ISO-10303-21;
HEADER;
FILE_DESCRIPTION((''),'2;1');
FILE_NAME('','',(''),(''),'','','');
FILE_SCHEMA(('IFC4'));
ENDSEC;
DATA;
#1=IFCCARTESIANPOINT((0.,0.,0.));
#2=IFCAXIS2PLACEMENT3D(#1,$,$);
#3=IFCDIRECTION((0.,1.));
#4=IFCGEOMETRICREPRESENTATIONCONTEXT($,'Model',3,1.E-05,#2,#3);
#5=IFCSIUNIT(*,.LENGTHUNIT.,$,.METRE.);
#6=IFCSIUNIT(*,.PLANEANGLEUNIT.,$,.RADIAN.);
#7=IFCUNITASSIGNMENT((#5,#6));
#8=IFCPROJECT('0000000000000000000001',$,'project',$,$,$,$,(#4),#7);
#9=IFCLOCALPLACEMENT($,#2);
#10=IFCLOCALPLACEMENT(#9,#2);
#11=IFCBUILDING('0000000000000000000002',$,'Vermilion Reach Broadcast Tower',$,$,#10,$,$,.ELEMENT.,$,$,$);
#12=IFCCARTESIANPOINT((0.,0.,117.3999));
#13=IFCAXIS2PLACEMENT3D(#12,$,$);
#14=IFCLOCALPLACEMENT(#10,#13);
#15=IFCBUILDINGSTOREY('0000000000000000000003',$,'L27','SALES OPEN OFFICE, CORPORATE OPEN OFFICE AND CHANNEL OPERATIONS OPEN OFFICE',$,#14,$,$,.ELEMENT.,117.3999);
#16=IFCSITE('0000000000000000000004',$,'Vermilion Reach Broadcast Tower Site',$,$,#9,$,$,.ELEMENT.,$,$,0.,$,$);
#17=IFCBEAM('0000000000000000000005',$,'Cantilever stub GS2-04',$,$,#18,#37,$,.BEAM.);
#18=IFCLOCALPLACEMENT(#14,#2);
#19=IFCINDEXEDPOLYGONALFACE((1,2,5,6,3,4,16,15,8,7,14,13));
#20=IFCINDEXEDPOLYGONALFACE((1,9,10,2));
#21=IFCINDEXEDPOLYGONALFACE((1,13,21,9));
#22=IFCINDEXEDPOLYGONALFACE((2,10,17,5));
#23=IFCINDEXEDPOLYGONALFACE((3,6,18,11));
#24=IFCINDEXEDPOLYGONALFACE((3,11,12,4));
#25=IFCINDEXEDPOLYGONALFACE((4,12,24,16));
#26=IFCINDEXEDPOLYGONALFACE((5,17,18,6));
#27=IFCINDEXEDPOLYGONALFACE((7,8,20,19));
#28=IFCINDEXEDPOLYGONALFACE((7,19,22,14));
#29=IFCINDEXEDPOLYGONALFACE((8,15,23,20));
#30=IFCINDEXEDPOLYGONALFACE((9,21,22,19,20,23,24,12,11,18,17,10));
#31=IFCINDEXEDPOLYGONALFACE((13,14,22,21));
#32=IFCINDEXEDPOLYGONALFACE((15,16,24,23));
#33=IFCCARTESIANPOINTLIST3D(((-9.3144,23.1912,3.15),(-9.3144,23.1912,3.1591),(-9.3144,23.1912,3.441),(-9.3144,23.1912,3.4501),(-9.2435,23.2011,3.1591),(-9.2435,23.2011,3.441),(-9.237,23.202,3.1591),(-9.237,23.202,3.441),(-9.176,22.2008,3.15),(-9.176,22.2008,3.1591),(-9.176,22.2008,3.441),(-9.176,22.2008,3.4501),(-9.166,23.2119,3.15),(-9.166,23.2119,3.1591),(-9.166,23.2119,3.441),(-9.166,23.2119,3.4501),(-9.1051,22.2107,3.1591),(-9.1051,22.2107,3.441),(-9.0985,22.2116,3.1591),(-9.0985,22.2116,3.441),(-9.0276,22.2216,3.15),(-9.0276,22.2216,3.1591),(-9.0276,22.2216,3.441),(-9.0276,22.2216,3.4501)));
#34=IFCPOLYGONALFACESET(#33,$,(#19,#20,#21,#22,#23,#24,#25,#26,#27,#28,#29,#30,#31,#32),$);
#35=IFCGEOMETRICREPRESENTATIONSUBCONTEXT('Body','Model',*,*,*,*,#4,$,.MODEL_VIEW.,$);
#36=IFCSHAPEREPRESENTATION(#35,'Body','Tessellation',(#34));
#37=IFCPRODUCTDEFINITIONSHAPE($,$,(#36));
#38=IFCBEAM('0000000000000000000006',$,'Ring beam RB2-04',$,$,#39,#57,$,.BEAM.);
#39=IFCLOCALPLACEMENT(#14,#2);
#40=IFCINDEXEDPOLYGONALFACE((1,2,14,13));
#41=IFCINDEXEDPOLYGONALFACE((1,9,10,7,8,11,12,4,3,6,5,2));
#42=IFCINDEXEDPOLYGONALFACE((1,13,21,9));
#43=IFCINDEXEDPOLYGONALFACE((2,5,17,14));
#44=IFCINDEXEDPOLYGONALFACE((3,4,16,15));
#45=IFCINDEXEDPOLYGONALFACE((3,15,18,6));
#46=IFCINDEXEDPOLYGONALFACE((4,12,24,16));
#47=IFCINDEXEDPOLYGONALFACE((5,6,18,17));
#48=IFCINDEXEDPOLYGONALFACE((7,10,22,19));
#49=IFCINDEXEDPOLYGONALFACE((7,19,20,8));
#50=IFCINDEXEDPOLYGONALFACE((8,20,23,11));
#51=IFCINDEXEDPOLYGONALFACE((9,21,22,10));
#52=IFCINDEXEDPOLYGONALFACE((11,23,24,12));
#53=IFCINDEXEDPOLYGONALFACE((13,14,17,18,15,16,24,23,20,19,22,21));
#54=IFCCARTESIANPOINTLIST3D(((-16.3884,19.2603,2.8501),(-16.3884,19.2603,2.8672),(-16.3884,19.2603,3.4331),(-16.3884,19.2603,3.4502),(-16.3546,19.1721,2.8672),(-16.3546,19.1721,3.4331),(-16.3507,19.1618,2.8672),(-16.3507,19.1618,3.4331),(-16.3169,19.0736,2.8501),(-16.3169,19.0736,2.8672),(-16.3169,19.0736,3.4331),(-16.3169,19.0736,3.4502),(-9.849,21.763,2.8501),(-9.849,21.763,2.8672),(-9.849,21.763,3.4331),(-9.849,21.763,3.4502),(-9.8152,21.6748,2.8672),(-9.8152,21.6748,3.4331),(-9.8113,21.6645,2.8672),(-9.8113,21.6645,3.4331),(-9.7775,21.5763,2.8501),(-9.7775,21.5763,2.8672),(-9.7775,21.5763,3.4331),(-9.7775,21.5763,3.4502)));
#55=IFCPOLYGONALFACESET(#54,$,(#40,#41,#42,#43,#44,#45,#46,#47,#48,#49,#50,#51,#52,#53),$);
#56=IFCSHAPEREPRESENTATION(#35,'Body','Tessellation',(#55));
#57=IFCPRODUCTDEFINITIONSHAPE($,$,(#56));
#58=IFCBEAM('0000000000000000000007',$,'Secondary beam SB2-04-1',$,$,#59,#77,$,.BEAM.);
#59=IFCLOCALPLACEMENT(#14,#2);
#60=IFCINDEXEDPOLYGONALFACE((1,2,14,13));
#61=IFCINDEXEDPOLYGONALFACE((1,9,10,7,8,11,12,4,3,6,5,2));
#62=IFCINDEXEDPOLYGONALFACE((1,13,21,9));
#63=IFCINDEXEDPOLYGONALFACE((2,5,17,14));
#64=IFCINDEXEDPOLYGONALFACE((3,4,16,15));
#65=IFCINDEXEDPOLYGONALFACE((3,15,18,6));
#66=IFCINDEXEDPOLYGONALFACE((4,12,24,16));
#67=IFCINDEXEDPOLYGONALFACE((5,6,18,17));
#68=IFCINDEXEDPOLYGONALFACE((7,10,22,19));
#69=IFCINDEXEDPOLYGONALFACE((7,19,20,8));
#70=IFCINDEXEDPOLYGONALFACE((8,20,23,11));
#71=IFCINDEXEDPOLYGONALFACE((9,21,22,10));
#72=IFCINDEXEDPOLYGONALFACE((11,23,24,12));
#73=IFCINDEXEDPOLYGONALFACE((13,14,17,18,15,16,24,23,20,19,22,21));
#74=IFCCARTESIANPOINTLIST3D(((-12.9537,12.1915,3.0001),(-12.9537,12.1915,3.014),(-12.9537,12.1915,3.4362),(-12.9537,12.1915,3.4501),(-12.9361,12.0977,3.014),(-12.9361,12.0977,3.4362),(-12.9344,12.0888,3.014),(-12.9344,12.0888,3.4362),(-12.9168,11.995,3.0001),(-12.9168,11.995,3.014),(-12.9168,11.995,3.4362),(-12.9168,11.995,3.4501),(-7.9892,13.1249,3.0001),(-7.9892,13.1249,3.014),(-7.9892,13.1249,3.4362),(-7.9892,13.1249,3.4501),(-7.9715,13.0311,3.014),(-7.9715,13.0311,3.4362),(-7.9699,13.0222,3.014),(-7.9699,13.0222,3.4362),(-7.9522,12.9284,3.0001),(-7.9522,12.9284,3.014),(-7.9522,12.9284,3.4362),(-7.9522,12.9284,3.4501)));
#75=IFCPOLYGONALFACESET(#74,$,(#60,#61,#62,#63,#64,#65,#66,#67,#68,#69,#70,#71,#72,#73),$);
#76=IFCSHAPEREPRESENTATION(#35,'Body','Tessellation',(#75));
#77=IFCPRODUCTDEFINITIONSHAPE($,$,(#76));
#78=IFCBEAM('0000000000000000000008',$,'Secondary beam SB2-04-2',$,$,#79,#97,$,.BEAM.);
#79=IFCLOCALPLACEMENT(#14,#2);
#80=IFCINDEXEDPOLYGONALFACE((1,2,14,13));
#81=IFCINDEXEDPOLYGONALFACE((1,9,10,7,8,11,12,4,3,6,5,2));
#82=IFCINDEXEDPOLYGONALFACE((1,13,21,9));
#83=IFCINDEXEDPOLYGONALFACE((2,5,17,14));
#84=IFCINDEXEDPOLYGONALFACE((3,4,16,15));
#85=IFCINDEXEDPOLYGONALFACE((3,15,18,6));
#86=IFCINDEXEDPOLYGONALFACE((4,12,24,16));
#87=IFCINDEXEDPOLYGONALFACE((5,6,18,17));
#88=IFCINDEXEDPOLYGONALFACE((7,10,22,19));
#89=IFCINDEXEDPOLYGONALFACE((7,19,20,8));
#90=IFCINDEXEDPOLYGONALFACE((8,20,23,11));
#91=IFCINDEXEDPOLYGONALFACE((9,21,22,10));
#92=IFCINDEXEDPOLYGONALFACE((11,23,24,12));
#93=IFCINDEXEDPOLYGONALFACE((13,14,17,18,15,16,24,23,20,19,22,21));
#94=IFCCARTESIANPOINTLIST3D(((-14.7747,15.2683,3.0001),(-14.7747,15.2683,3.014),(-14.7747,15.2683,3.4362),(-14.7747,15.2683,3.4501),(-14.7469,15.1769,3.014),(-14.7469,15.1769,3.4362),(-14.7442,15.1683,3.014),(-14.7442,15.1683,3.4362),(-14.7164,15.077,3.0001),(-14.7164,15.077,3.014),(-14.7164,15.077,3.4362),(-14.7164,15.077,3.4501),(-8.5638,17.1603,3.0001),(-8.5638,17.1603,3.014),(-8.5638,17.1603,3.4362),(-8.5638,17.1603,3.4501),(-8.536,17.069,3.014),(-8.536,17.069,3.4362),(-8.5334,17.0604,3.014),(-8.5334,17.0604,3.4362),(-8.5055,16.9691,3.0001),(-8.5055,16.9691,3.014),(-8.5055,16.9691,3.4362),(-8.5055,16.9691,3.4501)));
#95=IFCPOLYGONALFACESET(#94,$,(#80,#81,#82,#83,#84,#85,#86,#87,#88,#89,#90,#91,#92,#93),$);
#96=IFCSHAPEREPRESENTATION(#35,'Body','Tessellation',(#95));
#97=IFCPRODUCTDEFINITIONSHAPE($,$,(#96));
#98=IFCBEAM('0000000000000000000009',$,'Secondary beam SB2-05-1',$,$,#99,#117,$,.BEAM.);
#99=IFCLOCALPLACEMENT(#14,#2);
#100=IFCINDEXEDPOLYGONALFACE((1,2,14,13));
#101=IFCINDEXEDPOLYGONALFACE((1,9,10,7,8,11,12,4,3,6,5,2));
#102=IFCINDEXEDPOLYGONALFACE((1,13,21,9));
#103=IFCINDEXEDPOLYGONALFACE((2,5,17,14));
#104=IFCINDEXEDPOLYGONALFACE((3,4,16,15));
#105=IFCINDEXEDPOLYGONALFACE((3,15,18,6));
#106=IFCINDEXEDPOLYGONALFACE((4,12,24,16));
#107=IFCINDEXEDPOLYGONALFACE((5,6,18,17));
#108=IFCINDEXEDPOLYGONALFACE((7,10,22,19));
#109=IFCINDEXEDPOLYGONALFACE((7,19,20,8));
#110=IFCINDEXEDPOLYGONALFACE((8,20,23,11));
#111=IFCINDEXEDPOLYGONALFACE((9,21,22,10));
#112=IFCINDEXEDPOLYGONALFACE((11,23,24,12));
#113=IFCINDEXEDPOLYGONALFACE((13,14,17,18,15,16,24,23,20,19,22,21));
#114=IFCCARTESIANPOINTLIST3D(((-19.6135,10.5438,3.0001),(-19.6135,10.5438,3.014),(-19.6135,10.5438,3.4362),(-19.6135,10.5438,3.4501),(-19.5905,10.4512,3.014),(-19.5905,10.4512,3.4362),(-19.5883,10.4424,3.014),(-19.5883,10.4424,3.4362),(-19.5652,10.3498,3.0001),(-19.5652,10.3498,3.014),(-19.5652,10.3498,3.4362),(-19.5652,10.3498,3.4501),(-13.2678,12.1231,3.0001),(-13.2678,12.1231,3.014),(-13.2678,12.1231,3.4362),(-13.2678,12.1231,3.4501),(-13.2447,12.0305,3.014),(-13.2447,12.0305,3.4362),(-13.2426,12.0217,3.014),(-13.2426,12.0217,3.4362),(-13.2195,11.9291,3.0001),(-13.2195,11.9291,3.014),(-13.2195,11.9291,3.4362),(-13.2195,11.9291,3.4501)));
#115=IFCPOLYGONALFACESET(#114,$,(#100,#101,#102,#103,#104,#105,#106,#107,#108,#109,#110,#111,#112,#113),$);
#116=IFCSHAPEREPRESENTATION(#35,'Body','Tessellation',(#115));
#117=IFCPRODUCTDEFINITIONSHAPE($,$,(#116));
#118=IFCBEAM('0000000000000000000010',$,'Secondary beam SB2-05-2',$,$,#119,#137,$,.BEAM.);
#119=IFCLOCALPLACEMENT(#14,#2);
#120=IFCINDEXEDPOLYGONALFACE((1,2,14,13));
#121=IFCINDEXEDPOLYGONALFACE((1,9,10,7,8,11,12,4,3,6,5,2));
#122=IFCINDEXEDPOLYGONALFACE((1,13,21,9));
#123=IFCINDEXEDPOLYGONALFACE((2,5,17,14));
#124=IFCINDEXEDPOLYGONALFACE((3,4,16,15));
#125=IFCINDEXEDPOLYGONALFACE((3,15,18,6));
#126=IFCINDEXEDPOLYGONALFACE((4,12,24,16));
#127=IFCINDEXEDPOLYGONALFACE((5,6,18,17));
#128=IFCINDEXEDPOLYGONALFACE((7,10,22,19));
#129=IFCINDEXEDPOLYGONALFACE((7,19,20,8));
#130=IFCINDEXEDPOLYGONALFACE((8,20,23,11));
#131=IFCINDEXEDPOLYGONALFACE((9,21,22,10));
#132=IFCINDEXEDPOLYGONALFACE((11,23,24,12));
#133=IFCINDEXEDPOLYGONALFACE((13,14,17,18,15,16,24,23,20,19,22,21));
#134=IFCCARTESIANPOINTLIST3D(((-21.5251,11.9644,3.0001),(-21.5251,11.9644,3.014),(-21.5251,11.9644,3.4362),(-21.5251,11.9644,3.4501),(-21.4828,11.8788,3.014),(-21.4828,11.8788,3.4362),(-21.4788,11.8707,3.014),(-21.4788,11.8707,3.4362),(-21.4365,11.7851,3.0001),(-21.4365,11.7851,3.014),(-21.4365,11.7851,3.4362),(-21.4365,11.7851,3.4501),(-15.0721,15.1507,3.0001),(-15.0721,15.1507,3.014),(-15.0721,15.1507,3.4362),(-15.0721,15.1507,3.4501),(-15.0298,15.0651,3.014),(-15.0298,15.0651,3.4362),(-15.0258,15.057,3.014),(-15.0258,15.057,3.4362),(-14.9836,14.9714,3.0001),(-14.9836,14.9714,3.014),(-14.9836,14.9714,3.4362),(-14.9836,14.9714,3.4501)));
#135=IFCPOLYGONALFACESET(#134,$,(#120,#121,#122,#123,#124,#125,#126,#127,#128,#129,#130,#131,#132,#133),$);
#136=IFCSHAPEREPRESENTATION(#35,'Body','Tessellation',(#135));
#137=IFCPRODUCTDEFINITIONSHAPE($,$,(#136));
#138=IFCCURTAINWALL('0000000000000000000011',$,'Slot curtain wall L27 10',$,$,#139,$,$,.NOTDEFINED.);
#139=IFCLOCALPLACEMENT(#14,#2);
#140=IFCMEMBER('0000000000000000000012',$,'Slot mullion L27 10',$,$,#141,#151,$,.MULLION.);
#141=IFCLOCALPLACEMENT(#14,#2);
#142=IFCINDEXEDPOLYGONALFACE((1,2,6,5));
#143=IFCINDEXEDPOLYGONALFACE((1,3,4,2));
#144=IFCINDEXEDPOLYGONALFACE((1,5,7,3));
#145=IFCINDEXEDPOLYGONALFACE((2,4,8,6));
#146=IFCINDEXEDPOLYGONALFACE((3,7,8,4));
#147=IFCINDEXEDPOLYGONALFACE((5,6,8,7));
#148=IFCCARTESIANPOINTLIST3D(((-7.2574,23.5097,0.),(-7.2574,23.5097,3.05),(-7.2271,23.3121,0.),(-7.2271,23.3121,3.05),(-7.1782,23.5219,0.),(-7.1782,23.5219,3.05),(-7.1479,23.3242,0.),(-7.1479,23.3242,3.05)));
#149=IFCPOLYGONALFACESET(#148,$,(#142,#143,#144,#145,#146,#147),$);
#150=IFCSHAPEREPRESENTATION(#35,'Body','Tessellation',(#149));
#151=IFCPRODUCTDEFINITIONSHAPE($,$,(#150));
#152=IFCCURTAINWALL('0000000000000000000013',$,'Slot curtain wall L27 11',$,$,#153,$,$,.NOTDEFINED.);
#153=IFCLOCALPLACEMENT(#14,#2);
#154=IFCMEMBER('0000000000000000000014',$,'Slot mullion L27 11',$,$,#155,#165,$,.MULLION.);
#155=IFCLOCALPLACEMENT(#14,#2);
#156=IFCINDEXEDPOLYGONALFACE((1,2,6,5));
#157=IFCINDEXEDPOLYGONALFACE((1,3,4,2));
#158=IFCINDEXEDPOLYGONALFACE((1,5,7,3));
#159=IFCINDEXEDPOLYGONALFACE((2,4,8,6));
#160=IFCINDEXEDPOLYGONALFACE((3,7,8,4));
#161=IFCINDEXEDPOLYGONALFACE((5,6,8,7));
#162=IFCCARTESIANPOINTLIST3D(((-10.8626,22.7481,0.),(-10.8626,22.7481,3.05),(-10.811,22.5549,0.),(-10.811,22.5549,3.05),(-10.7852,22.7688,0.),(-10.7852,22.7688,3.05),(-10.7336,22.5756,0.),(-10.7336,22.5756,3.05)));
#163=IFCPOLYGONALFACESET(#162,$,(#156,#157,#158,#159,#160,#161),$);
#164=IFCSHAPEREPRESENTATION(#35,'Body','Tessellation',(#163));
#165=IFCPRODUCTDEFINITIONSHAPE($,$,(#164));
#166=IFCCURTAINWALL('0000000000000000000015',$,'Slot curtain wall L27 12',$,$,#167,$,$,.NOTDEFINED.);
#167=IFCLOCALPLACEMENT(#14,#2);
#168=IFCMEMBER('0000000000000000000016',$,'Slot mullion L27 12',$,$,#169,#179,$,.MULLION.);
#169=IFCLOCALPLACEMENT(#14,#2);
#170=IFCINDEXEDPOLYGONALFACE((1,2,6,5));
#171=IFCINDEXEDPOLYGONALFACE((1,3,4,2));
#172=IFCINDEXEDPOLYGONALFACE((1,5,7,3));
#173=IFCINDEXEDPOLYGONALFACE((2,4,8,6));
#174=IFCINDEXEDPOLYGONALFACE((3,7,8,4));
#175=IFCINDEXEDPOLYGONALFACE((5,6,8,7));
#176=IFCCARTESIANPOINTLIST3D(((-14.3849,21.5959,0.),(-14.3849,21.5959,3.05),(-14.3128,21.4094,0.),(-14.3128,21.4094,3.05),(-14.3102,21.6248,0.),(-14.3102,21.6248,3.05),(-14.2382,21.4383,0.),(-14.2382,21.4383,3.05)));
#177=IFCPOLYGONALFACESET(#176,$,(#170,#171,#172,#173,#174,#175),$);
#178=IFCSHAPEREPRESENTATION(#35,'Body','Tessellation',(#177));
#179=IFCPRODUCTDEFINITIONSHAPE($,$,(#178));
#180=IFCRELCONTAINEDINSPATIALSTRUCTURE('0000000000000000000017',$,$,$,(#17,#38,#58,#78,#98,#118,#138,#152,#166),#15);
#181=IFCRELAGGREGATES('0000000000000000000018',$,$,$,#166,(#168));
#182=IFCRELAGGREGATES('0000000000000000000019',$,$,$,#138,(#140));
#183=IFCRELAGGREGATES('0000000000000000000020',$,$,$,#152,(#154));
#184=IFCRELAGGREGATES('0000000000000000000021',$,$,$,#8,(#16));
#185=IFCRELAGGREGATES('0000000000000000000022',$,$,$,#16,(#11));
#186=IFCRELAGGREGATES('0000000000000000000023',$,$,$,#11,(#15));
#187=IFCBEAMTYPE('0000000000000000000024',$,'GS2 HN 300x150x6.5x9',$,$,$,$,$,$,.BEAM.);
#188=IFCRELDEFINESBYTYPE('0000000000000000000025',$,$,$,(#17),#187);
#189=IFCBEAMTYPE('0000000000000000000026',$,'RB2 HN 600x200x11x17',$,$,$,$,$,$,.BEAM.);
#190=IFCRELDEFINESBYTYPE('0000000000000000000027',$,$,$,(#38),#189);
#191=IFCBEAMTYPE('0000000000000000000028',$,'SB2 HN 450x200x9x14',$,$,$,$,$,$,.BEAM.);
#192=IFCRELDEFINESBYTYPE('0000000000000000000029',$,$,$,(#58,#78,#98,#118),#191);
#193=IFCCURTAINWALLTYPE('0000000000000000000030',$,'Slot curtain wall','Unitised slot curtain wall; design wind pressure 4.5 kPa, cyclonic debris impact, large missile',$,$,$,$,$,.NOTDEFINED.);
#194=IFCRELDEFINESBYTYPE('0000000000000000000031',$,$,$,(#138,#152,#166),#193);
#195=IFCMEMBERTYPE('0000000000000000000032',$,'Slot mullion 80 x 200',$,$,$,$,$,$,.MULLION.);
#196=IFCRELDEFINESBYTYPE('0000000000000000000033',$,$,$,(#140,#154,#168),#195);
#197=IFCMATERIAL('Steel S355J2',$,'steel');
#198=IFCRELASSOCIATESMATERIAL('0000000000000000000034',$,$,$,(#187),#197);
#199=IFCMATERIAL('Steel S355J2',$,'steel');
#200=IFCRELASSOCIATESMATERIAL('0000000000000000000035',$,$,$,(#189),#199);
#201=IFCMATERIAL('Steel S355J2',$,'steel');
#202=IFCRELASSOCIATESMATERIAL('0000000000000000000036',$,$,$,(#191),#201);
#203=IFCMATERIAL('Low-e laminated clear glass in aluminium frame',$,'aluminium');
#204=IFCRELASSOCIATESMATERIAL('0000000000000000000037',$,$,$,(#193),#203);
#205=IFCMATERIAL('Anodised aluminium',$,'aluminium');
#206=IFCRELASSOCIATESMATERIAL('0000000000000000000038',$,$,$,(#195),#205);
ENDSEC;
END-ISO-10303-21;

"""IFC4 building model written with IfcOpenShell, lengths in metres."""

from ifc_helpers import new_model, si_unit, direction, frame, origin, origin_2d, place, context, subcontext, project, spatial, rectangle, i_section, extrude, material, material_profile, profile_set, type_object, element, aggregate, save


model = new_model("IFC4")

# Units and contexts
model_context = context("Model", 3, precision=1e-05, world=origin(), true_north=direction((0.0, 1.0)))
body_context = subcontext(model_context, "Body", "Model", "MODEL_VIEW")
ifc_project = project(units=[si_unit("LENGTHUNIT", "METRE"), si_unit("PLANEANGLEUNIT", "RADIAN")], contexts=[model_context])

# Site, building, storey
site_placement = place(None, origin())
site = spatial("IfcSite", under=ifc_project, at=site_placement, Name="Vermilion Reach Broadcast Tower Site", CompositionType="ELEMENT", RefElevation=0.0)
building_placement = place(site_placement, origin())
building = spatial("IfcBuilding", under=site, at=building_placement, Name="Vermilion Reach Broadcast Tower", CompositionType="ELEMENT")
storey_placement = place(building_placement, frame((0.0, 0.0, 117.3999)))
storey = spatial("IfcBuildingStorey", under=building, at=storey_placement, Name="L27", Description="SALES OPEN OFFICE, CORPORATE OPEN OFFICE AND CHANNEL OPERATIONS OPEN OFFICE", CompositionType="ELEMENT", Elevation=117.3999)

# Beams
ifc_material_1 = material(Name="Steel S355J2", Category="steel")
ifc_material_profile_1 = material_profile(ifc_material_1, i_section(OverallWidth=0.1499, OverallDepth=0.3, WebThickness=0.0066, FlangeThickness=0.009, at=origin_2d()), Name="S355J2 HN 300x150x6.5x9")
ifc_profile_set_1 = profile_set([ifc_material_profile_1], Name="Steel S355J2")
beam_type_1 = type_object("IfcBeamType", Name="GS2 HN 300x150x6.5x9", PredefinedType="BEAM", material=ifc_profile_set_1)
beam_1_placement = place(storey_placement, frame((-9.1018, 22.2112, 3.3), z_axis=(-0.138413, 0.990375, 0.0), x_axis=(-0.990375, -0.138413, 0.0)))
element("IfcBeam", 1, at=beam_1_placement, inside=storey, type_object=beam_type_1, Name="Cantilever stub GS2-04", PredefinedType="BEAM", context=body_context, shape_type="SweptSolid", body=[
    extrude(i_section(OverallWidth=0.1499, OverallDepth=0.3, WebThickness=0.0066, FlangeThickness=0.009, at=origin_2d()), origin(), (0.0, 0.0, 1.0), 1.0),
])
ifc_material_2 = material(Name="Steel S355J2", Category="steel")
ifc_material_profile_2 = material_profile(ifc_material_2, i_section(OverallWidth=0.2, OverallDepth=0.6001, WebThickness=0.011, FlangeThickness=0.0171, at=origin_2d()), Name="S355J2 HN 600x200x11x17")
ifc_profile_set_2 = profile_set([ifc_material_profile_2], Name="Steel S355J2")
beam_type_2 = type_object("IfcBeamType", Name="RB2 HN 600x200x11x17", PredefinedType="BEAM", material=ifc_profile_set_2)
beam_2_placement = place(storey_placement, frame((-9.8132, 21.6697, 3.1501), z_axis=(-0.933939, -0.357432, 0.0), x_axis=(0.357432, -0.933939, 0.0)))
element("IfcBeam", 2, at=beam_2_placement, inside=storey, type_object=beam_type_2, Name="Ring beam RB2-04", PredefinedType="BEAM", context=body_context, shape_type="SweptSolid", body=[
    extrude(i_section(OverallWidth=0.2, OverallDepth=0.6001, WebThickness=0.011, FlangeThickness=0.0171, at=origin_2d()), origin(), (0.0, 0.0, 1.0), 7.002),
])
ifc_material_3 = material(Name="Steel S355J2", Category="steel")
ifc_material_profile_3 = material_profile(ifc_material_3, i_section(OverallWidth=0.2, OverallDepth=0.45, WebThickness=0.009, FlangeThickness=0.0139, at=origin_2d()), Name="S355J2 HN 450x200x9x14")
ifc_profile_set_3 = profile_set([ifc_material_profile_3], Name="Steel S355J2")
beam_type_3 = type_object("IfcBeamType", Name="SB2 HN 450x200x9x14", PredefinedType="BEAM", material=ifc_profile_set_3)
beam_3_placement = place(storey_placement, frame((-7.9707, 13.0266, 3.2251), z_axis=(-0.982783, -0.184764, 0.0), x_axis=(0.184764, -0.982783, 0.0)))
element("IfcBeam", 3, at=beam_3_placement, inside=storey, type_object=beam_type_3, Name="Secondary beam SB2-04-1", PredefinedType="BEAM", context=body_context, shape_type="SweptSolid", body=[
    extrude(i_section(OverallWidth=0.2, OverallDepth=0.45, WebThickness=0.009, FlangeThickness=0.0139, at=origin_2d()), origin(), (0.0, 0.0, 1.0), 5.0515),
])
beam_4_placement = place(storey_placement, frame((-8.5347, 17.0647, 3.2251), z_axis=(-0.956596, -0.291416, 0.0), x_axis=(0.291416, -0.956596, 0.0)))
element("IfcBeam", 4, at=beam_4_placement, inside=storey, type_object=beam_type_3, Name="Secondary beam SB2-04-2", PredefinedType="BEAM", context=body_context, shape_type="SweptSolid", body=[
    extrude(i_section(OverallWidth=0.2, OverallDepth=0.45, WebThickness=0.009, FlangeThickness=0.0139, at=origin_2d()), origin(), (0.0, 0.0, 1.0), 6.4927),
])
beam_5_placement = place(storey_placement, frame((-13.2437, 12.0261, 3.2251), z_axis=(-0.970397, -0.241516, 0.0), x_axis=(0.241516, -0.970397, 0.0)))
element("IfcBeam", 5, at=beam_5_placement, inside=storey, type_object=beam_type_3, Name="Secondary beam SB2-05-1", PredefinedType="BEAM", context=body_context, shape_type="SweptSolid", body=[
    extrude(i_section(OverallWidth=0.2, OverallDepth=0.45, WebThickness=0.009, FlangeThickness=0.0139, at=origin_2d()), origin(), (0.0, 0.0, 1.0), 6.5393),
])
beam_6_placement = place(storey_placement, frame((-15.0278, 15.061, 3.2251), z_axis=(-0.896648, -0.442744, 0.0), x_axis=(0.442744, -0.896648, 0.0)))
element("IfcBeam", 6, at=beam_6_placement, inside=storey, type_object=beam_type_3, Name="Secondary beam SB2-05-2", PredefinedType="BEAM", context=body_context, shape_type="SweptSolid", body=[
    extrude(i_section(OverallWidth=0.2, OverallDepth=0.45, WebThickness=0.009, FlangeThickness=0.0139, at=origin_2d()), origin(), (0.0, 0.0, 1.0), 7.1968),
])

# Curtain walls, members
ifc_material_4 = material(Name="Low-e laminated clear glass in aluminium frame", Category="aluminium")
curtain_wall_type = type_object("IfcCurtainWallType", Name="Slot curtain wall", Description="Unitised slot curtain wall; design wind pressure 4.5 kPa, cyclonic debris impact, large missile", PredefinedType="NOTDEFINED", material=ifc_material_4)
placement = place(storey_placement, origin())
curtain_wall_1 = element("IfcCurtainWall", 7, at=placement, inside=storey, type_object=curtain_wall_type, Name="Slot curtain wall L27 10", PredefinedType="NOTDEFINED")
ifc_material_5 = material(Name="Anodised aluminium", Category="aluminium")
ifc_material_profile_4 = material_profile(ifc_material_5, rectangle(XDim=0.2, YDim=0.0801, at=origin_2d()), Name="Slot mullion 80 x 200")
ifc_profile_set_4 = profile_set([ifc_material_profile_4], Name="Anodised aluminium")
member_type_1 = type_object("IfcMemberType", Name="Slot mullion 80 x 200", PredefinedType="MULLION", material=ifc_profile_set_4)
member_1_placement = place(storey_placement, frame((-7.2026, 23.417, 0.0), z_axis=(0.0, 0.0, 1.0), x_axis=(0.151589, -0.988444, 0.0)))
member_1 = element("IfcMember", 8, at=member_1_placement, type_object=member_type_1, Name="Slot mullion L27 10", PredefinedType="MULLION", context=body_context, shape_type="SweptSolid", body=[
    extrude(rectangle(XDim=0.2, YDim=0.0801, at=origin_2d()), origin(), (0.0, 0.0, 1.0), 3.05),
])
curtain_wall_2 = element("IfcCurtainWall", 9, at=placement, inside=storey, type_object=curtain_wall_type, Name="Slot curtain wall L27 11", PredefinedType="NOTDEFINED")
member_2_placement = place(storey_placement, frame((-10.7981, 22.6619, 0.0), z_axis=(0.0, 0.0, 1.0), x_axis=(0.258045, -0.966133, 0.0)))
member_2 = element("IfcMember", 10, at=member_2_placement, type_object=member_type_1, Name="Slot mullion L27 11", PredefinedType="MULLION", context=body_context, shape_type="SweptSolid", body=[
    extrude(rectangle(XDim=0.2, YDim=0.0801, at=origin_2d()), origin(), (0.0, 0.0, 1.0), 3.05),
])
curtain_wall_3 = element("IfcCurtainWall", 11, at=placement, inside=storey, type_object=curtain_wall_type, Name="Slot curtain wall L27 12", PredefinedType="NOTDEFINED")
member_3_placement = place(storey_placement, frame((-14.3115, 21.5171, 0.0), z_axis=(0.0, 0.0, 1.0), x_axis=(0.360322, -0.932828, 0.0)))
member_3 = element("IfcMember", 12, at=member_3_placement, type_object=member_type_1, Name="Slot mullion L27 12", PredefinedType="MULLION", context=body_context, shape_type="SweptSolid", body=[
    extrude(rectangle(XDim=0.2, YDim=0.0801, at=origin_2d()), origin(), (0.0, 0.0, 1.0), 3.05),
])

aggregate(curtain_wall_3, [member_3])

aggregate(curtain_wall_1, [member_1])
aggregate(curtain_wall_2, [member_2])

save(model, "model.ifc")
